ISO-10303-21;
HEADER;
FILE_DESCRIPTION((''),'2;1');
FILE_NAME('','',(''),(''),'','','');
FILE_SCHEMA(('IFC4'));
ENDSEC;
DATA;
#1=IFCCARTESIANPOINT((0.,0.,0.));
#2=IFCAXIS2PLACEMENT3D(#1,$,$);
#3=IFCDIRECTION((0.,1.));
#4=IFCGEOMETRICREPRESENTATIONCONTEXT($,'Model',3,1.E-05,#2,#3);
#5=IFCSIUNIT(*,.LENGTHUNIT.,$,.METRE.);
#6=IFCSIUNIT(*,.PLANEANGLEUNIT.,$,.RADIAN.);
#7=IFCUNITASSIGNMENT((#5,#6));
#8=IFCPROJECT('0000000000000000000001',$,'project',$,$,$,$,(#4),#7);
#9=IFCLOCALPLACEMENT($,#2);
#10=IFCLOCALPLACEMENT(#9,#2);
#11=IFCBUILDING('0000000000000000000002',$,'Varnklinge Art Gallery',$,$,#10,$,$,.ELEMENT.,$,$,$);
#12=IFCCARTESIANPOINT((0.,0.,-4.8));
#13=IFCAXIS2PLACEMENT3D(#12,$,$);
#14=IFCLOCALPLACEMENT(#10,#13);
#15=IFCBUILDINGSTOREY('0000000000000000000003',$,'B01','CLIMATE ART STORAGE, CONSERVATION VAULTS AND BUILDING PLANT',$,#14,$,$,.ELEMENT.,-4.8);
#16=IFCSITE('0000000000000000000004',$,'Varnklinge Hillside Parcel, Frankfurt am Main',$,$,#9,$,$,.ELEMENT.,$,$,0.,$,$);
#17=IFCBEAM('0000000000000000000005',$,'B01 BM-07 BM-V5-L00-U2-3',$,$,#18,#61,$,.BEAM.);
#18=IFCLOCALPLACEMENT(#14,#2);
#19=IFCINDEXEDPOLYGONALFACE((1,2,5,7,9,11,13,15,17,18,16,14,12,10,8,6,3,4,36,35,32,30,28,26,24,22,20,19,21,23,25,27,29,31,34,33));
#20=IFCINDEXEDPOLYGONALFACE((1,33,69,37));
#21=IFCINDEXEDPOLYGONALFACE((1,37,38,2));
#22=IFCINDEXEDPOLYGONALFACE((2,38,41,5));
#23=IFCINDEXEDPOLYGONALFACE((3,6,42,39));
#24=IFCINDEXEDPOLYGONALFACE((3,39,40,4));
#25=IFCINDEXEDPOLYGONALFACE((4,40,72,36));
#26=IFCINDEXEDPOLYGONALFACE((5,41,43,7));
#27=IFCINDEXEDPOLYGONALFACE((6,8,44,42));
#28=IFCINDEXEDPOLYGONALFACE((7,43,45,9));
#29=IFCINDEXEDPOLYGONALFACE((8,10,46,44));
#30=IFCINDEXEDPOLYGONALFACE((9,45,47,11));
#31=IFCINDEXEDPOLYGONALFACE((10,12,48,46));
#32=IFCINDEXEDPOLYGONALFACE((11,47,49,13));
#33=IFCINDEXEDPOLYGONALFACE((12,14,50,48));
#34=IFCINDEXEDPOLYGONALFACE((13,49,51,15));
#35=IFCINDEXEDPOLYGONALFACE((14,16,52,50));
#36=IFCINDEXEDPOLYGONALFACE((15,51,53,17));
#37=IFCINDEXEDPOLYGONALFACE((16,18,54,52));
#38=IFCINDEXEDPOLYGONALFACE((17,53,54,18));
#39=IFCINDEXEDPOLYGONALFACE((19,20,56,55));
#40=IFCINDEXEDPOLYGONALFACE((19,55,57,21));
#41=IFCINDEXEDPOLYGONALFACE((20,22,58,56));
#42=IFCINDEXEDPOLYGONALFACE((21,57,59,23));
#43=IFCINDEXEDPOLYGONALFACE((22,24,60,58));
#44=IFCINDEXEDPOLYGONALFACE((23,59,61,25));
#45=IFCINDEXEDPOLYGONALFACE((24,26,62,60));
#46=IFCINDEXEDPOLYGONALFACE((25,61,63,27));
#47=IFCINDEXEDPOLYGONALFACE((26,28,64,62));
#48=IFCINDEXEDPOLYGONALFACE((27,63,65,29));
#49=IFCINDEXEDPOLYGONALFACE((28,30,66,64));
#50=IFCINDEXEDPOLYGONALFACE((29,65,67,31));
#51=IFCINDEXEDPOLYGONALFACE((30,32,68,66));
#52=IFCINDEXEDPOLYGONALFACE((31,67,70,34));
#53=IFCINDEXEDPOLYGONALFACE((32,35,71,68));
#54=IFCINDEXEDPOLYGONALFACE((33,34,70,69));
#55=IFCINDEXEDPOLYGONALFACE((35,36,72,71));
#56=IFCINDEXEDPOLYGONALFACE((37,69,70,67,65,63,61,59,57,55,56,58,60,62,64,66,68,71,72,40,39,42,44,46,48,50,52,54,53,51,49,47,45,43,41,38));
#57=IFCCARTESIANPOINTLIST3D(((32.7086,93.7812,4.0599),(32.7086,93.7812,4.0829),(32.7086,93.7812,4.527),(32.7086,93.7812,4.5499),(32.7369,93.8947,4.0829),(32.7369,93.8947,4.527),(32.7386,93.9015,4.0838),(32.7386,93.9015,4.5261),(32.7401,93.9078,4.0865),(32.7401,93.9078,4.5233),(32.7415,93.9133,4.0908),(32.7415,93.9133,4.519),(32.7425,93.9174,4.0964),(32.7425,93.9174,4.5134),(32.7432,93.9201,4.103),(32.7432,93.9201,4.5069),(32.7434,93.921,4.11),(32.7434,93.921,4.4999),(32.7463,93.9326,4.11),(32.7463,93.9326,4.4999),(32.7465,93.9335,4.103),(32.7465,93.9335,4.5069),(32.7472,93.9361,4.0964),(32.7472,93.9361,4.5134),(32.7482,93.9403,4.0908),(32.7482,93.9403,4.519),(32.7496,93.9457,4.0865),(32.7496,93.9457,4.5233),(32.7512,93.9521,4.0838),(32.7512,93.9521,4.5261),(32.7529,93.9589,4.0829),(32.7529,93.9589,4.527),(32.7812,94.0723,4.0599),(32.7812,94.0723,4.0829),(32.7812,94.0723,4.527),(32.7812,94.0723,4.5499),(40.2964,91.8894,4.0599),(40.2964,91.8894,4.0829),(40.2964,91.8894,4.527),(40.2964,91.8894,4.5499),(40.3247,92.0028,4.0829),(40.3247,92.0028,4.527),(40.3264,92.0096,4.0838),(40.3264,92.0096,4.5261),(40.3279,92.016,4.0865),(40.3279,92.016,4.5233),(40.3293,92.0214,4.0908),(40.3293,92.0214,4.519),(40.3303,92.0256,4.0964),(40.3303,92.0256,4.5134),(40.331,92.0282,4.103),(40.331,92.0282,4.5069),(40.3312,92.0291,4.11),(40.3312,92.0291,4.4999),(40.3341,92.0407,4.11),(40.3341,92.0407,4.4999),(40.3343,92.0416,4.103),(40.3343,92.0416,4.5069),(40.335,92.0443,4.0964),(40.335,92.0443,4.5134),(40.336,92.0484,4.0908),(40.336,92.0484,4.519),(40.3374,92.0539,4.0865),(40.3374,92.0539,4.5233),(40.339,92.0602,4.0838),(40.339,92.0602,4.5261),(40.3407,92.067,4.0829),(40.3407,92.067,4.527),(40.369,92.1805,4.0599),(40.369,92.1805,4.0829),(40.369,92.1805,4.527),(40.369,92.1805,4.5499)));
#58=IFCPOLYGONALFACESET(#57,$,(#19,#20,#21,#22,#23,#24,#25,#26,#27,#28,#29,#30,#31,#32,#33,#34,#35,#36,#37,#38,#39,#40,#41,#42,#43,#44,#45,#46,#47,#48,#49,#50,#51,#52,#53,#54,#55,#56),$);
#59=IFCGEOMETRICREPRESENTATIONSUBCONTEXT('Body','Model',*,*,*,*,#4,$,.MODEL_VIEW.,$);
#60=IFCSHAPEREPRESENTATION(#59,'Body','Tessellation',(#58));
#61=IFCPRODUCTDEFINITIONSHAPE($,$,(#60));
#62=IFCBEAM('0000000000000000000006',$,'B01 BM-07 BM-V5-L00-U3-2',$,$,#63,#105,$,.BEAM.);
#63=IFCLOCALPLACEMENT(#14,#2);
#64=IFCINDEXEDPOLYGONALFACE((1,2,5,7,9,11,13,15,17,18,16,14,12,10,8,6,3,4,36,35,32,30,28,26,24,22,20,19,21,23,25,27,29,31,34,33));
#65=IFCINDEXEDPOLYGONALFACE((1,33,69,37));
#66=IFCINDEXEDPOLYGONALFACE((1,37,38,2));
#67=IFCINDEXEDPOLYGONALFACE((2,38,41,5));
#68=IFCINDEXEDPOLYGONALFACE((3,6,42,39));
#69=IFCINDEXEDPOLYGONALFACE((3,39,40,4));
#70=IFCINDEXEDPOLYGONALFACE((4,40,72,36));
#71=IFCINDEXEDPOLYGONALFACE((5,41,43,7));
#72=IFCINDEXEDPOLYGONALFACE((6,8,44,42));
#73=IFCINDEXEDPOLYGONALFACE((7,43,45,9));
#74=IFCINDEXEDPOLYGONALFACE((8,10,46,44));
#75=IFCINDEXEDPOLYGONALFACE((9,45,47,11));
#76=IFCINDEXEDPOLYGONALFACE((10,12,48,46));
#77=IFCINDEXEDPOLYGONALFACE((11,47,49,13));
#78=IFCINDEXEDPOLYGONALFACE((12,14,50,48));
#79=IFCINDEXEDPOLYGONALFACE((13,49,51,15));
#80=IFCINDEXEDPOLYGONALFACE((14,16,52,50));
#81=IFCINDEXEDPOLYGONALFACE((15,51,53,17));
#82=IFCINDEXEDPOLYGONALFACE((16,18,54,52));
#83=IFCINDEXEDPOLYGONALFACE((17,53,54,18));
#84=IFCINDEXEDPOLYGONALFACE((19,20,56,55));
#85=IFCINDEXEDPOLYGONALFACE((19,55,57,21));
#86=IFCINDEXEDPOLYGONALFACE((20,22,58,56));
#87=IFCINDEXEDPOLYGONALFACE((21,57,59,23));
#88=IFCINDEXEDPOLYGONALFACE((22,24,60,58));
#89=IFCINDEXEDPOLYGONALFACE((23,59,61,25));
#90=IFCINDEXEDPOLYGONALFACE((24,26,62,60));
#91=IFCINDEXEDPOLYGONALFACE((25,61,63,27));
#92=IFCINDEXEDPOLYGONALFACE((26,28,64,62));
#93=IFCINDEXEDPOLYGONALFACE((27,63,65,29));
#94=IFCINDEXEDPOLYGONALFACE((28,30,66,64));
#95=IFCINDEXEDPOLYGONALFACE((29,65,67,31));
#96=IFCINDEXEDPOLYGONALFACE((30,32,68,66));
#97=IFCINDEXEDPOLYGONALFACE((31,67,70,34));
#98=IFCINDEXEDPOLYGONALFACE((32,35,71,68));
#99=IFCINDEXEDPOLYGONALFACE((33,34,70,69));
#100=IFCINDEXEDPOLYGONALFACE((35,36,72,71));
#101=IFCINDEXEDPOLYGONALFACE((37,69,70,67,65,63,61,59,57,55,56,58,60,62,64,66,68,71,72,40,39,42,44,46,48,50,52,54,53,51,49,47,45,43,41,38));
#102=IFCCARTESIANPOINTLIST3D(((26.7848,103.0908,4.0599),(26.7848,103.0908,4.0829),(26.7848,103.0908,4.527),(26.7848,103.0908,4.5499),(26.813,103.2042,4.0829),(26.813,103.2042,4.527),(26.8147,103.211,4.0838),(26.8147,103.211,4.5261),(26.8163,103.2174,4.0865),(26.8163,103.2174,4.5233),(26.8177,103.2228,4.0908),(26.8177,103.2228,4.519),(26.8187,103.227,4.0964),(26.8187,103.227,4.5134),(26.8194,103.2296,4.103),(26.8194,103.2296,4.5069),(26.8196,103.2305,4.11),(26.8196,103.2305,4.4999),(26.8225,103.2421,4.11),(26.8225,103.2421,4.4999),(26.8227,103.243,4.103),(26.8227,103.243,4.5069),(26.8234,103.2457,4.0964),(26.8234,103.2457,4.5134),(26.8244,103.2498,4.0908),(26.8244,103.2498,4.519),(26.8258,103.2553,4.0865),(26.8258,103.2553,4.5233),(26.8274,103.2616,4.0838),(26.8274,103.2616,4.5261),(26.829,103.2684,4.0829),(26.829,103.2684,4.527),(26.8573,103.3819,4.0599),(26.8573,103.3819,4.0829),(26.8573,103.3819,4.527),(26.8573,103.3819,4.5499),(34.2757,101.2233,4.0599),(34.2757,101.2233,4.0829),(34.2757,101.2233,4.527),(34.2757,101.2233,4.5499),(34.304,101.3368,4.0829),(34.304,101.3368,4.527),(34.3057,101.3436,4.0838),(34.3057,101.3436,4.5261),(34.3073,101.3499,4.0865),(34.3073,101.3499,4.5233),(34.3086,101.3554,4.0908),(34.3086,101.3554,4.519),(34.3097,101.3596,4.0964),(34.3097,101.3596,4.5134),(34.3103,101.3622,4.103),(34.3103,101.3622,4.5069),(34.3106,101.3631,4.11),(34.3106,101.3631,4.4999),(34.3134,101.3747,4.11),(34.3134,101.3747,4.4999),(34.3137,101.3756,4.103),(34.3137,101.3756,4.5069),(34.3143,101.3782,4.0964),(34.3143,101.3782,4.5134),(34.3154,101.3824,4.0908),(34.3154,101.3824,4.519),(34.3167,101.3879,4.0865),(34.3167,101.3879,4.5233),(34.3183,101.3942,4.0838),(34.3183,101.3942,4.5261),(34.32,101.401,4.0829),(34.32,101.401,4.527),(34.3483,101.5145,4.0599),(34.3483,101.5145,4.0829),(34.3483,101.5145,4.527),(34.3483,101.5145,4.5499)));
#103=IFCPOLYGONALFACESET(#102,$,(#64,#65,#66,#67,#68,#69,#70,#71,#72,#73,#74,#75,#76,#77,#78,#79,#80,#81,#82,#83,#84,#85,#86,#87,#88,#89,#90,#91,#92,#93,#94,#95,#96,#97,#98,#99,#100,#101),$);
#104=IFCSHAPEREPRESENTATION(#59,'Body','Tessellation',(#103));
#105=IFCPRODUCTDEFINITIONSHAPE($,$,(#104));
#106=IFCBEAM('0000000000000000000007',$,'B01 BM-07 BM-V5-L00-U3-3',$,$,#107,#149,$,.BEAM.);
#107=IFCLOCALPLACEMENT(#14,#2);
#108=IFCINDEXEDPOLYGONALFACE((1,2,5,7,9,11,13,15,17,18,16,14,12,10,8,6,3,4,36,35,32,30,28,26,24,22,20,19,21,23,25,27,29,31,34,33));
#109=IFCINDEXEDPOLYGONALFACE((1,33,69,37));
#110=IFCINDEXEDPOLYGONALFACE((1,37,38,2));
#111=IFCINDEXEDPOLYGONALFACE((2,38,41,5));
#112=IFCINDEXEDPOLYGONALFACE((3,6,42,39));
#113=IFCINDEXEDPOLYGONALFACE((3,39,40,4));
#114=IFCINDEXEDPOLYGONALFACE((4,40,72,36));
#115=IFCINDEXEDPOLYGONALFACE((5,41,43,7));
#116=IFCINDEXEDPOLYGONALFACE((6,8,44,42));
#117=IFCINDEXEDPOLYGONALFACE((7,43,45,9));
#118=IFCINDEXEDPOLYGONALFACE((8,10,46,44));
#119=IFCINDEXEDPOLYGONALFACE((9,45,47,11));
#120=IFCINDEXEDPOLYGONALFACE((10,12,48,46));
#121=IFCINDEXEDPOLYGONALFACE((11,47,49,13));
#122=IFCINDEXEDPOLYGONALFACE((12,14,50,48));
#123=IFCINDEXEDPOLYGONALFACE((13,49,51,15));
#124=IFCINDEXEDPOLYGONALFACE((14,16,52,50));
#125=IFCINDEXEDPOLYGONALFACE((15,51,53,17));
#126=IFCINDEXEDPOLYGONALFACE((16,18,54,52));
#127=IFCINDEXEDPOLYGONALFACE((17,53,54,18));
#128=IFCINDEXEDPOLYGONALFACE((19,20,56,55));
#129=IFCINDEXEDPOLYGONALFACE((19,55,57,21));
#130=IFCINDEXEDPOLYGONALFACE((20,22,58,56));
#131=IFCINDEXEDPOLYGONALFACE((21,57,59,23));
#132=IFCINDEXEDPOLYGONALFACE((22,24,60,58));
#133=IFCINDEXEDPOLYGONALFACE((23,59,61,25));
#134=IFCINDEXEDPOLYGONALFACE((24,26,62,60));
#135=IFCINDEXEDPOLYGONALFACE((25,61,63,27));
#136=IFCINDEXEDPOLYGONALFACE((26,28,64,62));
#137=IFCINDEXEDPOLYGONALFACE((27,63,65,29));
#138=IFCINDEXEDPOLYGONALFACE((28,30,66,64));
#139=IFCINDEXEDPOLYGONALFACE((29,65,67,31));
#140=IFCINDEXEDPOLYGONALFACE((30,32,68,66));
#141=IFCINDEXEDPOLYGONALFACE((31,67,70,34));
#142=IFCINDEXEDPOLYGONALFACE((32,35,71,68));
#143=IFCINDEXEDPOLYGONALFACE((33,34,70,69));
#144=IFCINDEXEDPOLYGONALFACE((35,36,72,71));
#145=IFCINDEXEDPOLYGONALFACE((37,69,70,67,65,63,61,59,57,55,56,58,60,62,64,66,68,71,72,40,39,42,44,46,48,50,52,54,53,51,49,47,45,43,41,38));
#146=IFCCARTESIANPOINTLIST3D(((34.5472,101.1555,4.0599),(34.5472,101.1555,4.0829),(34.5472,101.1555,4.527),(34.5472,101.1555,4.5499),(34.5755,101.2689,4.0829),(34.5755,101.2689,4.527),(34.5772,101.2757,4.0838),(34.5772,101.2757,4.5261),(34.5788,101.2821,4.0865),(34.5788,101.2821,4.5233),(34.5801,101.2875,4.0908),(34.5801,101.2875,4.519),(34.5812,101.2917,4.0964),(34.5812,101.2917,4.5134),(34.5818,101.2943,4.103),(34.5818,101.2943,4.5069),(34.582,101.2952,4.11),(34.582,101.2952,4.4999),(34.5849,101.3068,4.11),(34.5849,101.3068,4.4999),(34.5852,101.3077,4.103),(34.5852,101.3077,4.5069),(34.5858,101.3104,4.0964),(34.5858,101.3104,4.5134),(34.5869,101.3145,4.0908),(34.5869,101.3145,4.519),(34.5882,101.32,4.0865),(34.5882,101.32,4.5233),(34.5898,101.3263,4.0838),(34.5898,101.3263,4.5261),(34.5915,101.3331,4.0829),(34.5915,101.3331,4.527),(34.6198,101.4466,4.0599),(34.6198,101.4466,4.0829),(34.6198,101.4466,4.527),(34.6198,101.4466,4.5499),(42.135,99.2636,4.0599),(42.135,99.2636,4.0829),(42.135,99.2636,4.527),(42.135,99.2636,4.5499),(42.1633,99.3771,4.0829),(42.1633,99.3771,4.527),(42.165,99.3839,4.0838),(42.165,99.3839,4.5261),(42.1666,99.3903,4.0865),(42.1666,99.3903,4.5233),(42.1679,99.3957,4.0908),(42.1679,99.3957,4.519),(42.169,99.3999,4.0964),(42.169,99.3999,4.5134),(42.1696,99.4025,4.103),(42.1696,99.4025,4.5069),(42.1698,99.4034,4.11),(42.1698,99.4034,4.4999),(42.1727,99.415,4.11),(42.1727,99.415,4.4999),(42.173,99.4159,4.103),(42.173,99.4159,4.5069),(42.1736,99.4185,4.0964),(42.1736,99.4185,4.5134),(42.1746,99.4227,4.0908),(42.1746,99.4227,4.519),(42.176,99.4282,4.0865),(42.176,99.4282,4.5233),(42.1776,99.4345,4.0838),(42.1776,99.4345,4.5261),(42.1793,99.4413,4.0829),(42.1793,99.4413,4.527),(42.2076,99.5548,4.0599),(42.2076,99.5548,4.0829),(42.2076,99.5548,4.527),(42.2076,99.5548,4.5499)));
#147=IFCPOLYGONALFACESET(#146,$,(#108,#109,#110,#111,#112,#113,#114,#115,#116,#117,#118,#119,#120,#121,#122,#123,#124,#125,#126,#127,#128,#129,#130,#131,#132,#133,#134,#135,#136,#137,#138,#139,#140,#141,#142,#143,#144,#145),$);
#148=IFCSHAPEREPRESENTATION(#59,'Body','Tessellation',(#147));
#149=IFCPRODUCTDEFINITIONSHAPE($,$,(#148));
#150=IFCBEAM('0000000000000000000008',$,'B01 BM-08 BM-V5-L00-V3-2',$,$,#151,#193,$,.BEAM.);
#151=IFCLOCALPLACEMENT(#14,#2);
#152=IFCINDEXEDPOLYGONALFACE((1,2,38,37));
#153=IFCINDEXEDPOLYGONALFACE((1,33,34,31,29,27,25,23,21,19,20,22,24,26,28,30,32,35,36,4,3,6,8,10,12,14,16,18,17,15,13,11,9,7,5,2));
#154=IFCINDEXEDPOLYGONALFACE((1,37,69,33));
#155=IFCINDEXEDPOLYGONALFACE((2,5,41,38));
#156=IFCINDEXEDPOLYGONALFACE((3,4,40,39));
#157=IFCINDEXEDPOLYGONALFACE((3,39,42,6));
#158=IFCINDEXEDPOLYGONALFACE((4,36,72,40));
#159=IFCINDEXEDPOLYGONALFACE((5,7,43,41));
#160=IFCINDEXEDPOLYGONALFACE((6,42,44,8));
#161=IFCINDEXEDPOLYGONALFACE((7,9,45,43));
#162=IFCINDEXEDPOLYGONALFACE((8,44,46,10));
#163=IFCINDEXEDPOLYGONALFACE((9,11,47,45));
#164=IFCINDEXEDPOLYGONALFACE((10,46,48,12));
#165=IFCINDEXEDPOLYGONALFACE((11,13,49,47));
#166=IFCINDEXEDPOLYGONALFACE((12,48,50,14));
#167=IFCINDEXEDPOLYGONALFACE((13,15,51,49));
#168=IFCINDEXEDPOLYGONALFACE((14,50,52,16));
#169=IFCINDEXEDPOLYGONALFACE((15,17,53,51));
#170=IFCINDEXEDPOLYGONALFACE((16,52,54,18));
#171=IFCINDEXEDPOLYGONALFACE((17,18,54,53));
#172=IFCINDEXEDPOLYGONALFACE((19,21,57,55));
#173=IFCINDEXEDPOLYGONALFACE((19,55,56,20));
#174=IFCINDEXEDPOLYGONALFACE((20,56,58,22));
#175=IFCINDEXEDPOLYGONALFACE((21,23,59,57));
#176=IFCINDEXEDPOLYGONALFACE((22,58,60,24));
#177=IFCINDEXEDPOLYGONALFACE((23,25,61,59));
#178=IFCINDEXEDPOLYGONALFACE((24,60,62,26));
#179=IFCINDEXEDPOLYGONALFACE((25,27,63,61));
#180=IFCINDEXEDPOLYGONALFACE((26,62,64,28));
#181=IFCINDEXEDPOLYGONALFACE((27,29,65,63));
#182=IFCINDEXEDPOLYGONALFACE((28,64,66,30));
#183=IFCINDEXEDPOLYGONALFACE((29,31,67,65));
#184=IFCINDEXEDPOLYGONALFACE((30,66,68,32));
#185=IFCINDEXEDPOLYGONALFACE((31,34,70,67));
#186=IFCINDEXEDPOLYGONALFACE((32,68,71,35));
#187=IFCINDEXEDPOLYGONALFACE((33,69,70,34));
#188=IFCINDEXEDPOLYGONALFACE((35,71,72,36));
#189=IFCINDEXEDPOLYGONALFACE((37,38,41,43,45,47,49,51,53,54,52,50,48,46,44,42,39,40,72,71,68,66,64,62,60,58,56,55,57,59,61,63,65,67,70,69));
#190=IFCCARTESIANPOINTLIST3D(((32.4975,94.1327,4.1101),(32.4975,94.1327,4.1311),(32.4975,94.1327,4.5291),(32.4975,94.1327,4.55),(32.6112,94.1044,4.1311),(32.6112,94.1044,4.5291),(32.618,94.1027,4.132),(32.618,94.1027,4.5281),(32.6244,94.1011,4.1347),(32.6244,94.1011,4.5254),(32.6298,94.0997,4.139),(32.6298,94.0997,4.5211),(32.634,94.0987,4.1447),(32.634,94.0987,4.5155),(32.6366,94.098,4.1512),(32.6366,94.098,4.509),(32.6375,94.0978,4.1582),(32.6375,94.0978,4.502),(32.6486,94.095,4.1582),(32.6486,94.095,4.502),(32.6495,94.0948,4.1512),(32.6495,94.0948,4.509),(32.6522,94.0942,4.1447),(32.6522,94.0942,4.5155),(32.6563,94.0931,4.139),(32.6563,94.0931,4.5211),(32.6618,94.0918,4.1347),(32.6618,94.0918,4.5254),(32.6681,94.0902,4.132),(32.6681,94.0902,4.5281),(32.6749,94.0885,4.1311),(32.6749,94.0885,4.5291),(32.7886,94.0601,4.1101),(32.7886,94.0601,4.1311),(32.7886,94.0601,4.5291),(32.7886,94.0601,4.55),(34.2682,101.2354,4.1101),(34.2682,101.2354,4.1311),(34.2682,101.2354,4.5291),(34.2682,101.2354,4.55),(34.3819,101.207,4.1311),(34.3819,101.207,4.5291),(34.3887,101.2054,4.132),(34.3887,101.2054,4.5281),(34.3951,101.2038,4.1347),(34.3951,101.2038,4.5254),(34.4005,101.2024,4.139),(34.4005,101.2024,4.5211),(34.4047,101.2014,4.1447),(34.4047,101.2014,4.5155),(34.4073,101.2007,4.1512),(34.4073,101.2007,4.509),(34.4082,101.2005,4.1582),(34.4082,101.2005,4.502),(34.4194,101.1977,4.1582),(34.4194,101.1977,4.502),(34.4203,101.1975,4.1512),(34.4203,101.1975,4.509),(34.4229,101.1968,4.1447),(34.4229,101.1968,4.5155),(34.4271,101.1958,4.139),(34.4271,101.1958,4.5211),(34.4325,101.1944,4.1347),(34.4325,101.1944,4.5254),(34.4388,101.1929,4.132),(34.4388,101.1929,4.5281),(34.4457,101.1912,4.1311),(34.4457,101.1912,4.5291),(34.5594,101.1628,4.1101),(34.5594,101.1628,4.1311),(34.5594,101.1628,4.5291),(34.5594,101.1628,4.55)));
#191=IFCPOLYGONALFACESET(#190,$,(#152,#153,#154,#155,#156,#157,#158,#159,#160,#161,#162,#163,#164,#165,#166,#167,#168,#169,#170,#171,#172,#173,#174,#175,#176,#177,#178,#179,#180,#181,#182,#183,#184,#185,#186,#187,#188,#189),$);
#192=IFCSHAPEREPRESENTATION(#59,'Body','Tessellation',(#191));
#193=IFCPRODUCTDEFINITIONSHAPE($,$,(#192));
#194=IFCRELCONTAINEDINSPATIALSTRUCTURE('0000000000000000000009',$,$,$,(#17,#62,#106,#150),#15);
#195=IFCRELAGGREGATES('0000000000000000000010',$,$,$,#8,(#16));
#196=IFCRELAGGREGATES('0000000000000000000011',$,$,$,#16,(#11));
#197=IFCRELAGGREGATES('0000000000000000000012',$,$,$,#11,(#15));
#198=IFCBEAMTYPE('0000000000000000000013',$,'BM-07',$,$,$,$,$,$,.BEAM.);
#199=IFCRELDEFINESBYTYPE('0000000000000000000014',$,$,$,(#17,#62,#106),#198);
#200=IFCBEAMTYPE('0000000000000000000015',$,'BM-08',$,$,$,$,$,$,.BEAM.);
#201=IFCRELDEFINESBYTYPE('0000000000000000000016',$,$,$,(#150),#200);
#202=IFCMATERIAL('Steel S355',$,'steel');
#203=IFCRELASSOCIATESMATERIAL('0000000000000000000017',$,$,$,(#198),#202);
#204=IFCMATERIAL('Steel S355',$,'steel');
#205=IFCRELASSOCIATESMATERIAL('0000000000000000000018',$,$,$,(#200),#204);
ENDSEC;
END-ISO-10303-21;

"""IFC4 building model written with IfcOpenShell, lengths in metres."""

from ifc_helpers import new_model, si_unit, direction, frame, origin, origin_2d, place, context, subcontext, project, spatial, i_section, extrude, material, material_profile, profile_set, type_object, element, save


model = new_model("IFC4")

# Units and contexts
model_context = context("Model", 3, precision=1e-05, world=origin(), true_north=direction((0.0, 1.0)))
body_context = subcontext(model_context, "Body", "Model", "MODEL_VIEW")
ifc_project = project(units=[si_unit("LENGTHUNIT", "METRE"), si_unit("PLANEANGLEUNIT", "RADIAN")], contexts=[model_context])

# Site, building, storey
site_placement = place(None, origin())
site = spatial("IfcSite", under=ifc_project, at=site_placement, Name="Varnklinge Hillside Parcel, Frankfurt am Main", CompositionType="ELEMENT", RefElevation=0.0)
building_placement = place(site_placement, origin())
building = spatial("IfcBuilding", under=site, at=building_placement, Name="Varnklinge Art Gallery", CompositionType="ELEMENT")
storey_placement = place(building_placement, frame((0.0, 0.0, -4.8)))
storey = spatial("IfcBuildingStorey", under=building, at=storey_placement, Name="B01", Description="CLIMATE ART STORAGE, CONSERVATION VAULTS AND BUILDING PLANT", CompositionType="ELEMENT", Elevation=-4.8)

# Beams
ifc_material_1 = material(Name="Steel S355", Category="steel")
ifc_material_profile_1 = material_profile(ifc_material_1, i_section(OverallWidth=0.3, OverallDepth=0.49, WebThickness=0.012, FlangeThickness=0.0229, FilletRadius=0.0271, at=origin_2d()), Name="HEA 500")
ifc_profile_set_1 = profile_set([ifc_material_profile_1], Name="Steel S355")
beam_type_1 = type_object("IfcBeamType", Name="BM-07", PredefinedType="BEAM", material=ifc_profile_set_1)
beam_1_placement = place(storey_placement, frame((32.7449, 93.9268, 4.3049), z_axis=(0.970297, -0.241919, 0.0), x_axis=(0.241919, 0.970297, 0.0)))
element("IfcBeam", 1, at=beam_1_placement, inside=storey, type_object=beam_type_1, Name="B01 BM-07 BM-V5-L00-U2-3", PredefinedType="BEAM", context=body_context, shape_type="SweptSolid", body=[
    extrude(i_section(OverallWidth=0.3, OverallDepth=0.49, WebThickness=0.012, FlangeThickness=0.0229, FilletRadius=0.0271, at=origin_2d()), origin(), (0.0, 0.0, 1.0), 7.8201),
])
beam_2_placement = place(storey_placement, frame((26.821, 103.2363, 4.3049), z_axis=(0.970304, -0.241888, 0.0), x_axis=(0.241888, 0.970304, 0.0)))
element("IfcBeam", 2, at=beam_2_placement, inside=storey, type_object=beam_type_1, Name="B01 BM-07 BM-V5-L00-U3-2", PredefinedType="BEAM", context=body_context, shape_type="SweptSolid", body=[
    extrude(i_section(OverallWidth=0.3, OverallDepth=0.49, WebThickness=0.012, FlangeThickness=0.0229, FilletRadius=0.0271, at=origin_2d()), origin(), (0.0, 0.0, 1.0), 7.7202),
])
beam_3_placement = place(storey_placement, frame((34.5835, 101.301, 4.3049), z_axis=(0.970297, -0.241919, 0.0), x_axis=(0.241919, 0.970297, 0.0)))
element("IfcBeam", 3, at=beam_3_placement, inside=storey, type_object=beam_type_1, Name="B01 BM-07 BM-V5-L00-U3-3", PredefinedType="BEAM", context=body_context, shape_type="SweptSolid", body=[
    extrude(i_section(OverallWidth=0.3, OverallDepth=0.49, WebThickness=0.012, FlangeThickness=0.0229, FilletRadius=0.0271, at=origin_2d()), origin(), (0.0, 0.0, 1.0), 7.8201),
])
ifc_material_2 = material(Name="Steel S355", Category="steel")
ifc_material_profile_2 = material_profile(ifc_material_2, i_section(OverallWidth=0.3, OverallDepth=0.4399, WebThickness=0.0115, FlangeThickness=0.021, FilletRadius=0.0271, at=origin_2d()), Name="HEA 450")
ifc_profile_set_2 = profile_set([ifc_material_profile_2], Name="Steel S355")
beam_type_2 = type_object("IfcBeamType", Name="BM-08", PredefinedType="BEAM", material=ifc_profile_set_2)
beam_4_placement = place(storey_placement, frame((32.6431, 94.0964, 4.3301), z_axis=(0.2419, 0.970301, 0.0), x_axis=(-0.970301, 0.2419, 0.0)))
element("IfcBeam", 4, at=beam_4_placement, inside=storey, type_object=beam_type_2, Name="B01 BM-08 BM-V5-L00-V3-2", PredefinedType="BEAM", context=body_context, shape_type="SweptSolid", body=[
    extrude(i_section(OverallWidth=0.3, OverallDepth=0.4399, WebThickness=0.0115, FlangeThickness=0.021, FilletRadius=0.0271, at=origin_2d()), origin(), (0.0, 0.0, 1.0), 7.3201),
])

save(model, "model.ifc")
